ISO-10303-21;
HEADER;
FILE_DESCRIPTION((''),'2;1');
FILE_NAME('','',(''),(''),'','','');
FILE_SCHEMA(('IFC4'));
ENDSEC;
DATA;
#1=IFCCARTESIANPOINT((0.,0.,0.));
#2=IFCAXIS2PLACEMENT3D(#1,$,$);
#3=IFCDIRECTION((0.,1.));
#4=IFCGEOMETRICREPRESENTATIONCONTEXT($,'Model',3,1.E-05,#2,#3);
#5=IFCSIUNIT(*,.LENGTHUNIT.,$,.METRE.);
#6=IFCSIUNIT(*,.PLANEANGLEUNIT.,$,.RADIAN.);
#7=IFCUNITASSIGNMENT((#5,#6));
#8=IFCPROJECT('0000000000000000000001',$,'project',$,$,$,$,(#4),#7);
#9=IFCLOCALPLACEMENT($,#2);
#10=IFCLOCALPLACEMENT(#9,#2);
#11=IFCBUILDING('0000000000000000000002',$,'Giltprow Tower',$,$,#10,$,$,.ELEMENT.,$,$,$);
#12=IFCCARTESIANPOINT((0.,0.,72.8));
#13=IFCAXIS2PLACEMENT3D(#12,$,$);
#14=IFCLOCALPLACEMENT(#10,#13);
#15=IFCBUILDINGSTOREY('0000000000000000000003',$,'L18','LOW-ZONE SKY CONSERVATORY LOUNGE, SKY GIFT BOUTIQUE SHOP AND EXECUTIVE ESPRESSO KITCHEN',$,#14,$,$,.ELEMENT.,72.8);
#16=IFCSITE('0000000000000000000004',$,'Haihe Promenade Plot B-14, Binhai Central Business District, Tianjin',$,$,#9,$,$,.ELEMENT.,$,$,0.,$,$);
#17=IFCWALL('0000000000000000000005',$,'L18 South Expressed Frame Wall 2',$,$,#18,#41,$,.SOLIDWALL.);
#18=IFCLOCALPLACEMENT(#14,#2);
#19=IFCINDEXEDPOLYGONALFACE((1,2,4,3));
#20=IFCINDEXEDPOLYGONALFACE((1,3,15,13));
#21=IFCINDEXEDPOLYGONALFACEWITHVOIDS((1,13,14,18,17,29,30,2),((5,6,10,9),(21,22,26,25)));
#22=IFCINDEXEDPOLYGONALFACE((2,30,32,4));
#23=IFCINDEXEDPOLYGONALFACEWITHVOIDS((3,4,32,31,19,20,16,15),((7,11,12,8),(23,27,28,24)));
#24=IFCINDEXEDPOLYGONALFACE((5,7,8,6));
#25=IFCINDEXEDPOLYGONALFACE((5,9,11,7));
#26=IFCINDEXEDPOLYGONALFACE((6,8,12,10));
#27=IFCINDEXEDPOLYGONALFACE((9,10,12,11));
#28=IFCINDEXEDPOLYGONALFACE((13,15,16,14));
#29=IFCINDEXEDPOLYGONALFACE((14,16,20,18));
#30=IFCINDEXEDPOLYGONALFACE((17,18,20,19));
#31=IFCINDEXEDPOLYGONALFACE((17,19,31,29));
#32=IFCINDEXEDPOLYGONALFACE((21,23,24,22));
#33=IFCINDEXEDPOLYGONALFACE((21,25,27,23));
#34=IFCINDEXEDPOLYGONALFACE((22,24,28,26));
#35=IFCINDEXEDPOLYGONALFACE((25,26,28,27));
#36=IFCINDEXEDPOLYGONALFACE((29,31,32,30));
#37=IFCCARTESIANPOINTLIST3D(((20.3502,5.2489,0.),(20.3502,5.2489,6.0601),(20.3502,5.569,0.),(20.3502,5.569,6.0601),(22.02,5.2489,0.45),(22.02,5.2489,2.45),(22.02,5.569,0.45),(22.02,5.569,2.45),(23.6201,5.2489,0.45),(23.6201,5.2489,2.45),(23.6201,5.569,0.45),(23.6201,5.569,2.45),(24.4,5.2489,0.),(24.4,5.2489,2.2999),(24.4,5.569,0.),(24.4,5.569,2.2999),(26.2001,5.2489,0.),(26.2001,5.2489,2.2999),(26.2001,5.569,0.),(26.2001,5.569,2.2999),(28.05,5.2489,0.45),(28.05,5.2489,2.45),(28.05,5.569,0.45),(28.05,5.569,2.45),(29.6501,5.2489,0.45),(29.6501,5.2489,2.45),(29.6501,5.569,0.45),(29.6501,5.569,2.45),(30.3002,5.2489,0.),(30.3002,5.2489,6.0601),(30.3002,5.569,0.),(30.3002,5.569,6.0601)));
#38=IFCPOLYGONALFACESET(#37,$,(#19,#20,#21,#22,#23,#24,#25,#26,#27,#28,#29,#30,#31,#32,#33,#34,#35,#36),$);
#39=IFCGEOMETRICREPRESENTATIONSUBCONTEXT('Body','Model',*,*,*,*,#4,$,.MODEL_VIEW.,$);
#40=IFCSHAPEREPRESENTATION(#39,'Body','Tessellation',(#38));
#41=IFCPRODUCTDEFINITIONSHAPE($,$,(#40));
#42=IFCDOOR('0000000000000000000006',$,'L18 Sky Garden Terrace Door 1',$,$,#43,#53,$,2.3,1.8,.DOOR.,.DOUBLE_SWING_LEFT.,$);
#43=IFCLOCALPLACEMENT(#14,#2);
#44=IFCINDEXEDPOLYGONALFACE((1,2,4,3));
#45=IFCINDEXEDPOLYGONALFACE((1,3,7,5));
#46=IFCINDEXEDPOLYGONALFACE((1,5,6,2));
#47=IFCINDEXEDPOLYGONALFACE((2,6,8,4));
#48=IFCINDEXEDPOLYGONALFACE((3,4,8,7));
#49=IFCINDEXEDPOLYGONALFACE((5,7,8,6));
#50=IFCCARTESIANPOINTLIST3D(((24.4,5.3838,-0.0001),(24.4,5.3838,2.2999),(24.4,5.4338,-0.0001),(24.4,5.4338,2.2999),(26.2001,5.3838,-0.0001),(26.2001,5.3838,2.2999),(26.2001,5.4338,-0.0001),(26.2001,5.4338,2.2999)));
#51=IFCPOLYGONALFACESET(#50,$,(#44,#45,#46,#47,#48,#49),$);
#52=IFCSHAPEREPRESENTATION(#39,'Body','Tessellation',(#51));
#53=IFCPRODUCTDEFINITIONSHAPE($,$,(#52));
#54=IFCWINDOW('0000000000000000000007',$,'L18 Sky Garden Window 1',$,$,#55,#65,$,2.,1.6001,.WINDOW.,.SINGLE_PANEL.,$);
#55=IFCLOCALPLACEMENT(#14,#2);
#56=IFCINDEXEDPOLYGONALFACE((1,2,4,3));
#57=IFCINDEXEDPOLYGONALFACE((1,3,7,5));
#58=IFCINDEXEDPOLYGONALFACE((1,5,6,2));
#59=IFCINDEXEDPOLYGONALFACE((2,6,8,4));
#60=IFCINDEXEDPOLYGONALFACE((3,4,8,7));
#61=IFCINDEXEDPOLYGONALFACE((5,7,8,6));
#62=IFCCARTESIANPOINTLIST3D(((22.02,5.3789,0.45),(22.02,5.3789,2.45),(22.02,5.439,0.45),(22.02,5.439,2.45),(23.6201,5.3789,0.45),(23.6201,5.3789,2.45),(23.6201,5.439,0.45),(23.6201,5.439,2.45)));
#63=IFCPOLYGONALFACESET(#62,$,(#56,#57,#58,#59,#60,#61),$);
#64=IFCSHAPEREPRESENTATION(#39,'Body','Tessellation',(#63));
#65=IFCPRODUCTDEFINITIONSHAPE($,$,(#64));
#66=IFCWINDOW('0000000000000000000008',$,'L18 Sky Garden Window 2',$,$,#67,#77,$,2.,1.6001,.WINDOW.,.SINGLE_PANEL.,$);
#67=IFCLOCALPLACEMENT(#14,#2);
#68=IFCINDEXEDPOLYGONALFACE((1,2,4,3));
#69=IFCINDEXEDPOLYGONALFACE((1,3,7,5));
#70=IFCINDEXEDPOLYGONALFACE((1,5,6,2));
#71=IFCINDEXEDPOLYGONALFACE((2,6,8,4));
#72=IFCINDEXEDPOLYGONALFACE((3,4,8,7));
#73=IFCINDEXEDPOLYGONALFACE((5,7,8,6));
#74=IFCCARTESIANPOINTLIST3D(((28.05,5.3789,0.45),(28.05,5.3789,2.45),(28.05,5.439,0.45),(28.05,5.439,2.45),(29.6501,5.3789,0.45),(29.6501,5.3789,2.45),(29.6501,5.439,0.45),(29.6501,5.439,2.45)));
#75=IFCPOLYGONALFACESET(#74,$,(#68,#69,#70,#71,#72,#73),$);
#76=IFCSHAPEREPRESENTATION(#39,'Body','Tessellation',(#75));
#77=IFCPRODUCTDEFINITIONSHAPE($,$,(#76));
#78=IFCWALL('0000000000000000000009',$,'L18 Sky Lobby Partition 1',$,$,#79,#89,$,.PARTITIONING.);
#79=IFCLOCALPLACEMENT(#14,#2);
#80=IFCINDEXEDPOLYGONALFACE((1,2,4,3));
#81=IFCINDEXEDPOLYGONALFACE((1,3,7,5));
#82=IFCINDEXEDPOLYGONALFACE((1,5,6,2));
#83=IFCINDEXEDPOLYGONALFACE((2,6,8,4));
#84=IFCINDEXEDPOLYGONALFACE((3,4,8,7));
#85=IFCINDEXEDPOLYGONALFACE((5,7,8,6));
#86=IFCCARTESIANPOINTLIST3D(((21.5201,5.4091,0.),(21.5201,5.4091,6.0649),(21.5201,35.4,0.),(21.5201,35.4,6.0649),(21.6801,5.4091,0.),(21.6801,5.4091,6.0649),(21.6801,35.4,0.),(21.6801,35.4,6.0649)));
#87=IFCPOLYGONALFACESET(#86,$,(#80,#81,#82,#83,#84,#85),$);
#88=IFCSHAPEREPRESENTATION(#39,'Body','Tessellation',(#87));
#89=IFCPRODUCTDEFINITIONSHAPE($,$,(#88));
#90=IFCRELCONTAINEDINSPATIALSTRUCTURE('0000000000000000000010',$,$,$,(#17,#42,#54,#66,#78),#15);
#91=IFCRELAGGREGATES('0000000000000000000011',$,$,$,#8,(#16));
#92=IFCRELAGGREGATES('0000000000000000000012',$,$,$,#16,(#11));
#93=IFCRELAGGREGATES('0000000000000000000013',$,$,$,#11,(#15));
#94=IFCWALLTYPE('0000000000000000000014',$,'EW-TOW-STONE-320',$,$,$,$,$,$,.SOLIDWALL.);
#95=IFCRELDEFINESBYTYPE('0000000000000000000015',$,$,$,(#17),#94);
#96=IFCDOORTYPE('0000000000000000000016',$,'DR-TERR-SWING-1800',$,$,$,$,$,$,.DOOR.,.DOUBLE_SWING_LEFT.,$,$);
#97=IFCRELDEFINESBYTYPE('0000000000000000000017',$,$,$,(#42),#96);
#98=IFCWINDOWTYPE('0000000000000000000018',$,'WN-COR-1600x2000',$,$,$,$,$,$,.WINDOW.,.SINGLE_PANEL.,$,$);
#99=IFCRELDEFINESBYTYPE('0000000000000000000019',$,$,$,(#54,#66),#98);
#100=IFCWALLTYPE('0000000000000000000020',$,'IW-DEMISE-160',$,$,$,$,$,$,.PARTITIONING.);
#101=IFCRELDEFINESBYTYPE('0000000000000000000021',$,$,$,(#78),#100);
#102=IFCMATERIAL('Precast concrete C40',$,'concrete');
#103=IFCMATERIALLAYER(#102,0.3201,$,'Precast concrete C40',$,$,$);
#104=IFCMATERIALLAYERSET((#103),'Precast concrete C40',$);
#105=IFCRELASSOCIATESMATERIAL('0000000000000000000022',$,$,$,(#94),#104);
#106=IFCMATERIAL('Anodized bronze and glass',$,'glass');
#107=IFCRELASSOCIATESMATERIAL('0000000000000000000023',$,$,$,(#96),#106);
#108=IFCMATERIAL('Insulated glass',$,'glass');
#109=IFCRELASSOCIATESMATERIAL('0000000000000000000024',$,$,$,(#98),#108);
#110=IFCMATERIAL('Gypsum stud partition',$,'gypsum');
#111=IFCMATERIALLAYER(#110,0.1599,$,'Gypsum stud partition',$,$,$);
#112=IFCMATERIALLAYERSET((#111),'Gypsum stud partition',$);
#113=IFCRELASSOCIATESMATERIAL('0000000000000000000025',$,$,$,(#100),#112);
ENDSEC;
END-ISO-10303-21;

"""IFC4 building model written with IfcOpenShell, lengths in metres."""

from ifc_helpers import new_model, si_unit, direction, frame, frame_2d, origin, place, context, subcontext, project, spatial, rectangle, extrude, source, transform, mapped, material, layer, layer_set, type_object, element, fill, save


model = new_model("IFC4")

# Units and contexts
model_context = context("Model", 3, precision=1e-05, world=origin(), true_north=direction((0.0, 1.0)))
body_context = subcontext(model_context, "Body", "Model", "MODEL_VIEW")
ifc_project = project(units=[si_unit("LENGTHUNIT", "METRE"), si_unit("PLANEANGLEUNIT", "RADIAN")], contexts=[model_context])

# Site, building, storey
site_placement = place(None, origin())
site = spatial("IfcSite", under=ifc_project, at=site_placement, Name="Haihe Promenade Plot B-14, Binhai Central Business District, Tianjin", CompositionType="ELEMENT", RefElevation=0.0)
building_placement = place(site_placement, origin())
building = spatial("IfcBuilding", under=site, at=building_placement, Name="Giltprow Tower", CompositionType="ELEMENT")
storey_placement = place(building_placement, frame((0.0, 0.0, 72.8)))
storey = spatial("IfcBuildingStorey", under=building, at=storey_placement, Name="L18", Description="LOW-ZONE SKY CONSERVATORY LOUNGE, SKY GIFT BOUTIQUE SHOP AND EXECUTIVE ESPRESSO KITCHEN", CompositionType="ELEMENT", Elevation=72.8)

# Shared definitions
ifc_material_1 = material(Name="Insulated glass", Category="glass")

# Wall, openings, door, windows
ifc_material_2 = material(Name="Precast concrete C40", Category="concrete")
ifc_layer_1 = layer(ifc_material_2, 0.3201, Name="Precast concrete C40")
ifc_layer_set_1 = layer_set([ifc_layer_1], Name="Precast concrete C40")
wall_type_1 = type_object("IfcWallType", Name="EW-TOW-STONE-320", PredefinedType="SOLIDWALL", material=ifc_layer_set_1)
wall_1_placement = place(storey_placement, frame((20.3501, 5.4089, 0.0), z_axis=(0.0, 0.0, 1.0), x_axis=(1.0, 0.0, 0.0)))
wall_1 = element("IfcWall", 1, at=wall_1_placement, inside=storey, type_object=wall_type_1, Name="L18 South Expressed Frame Wall 2", PredefinedType="SOLIDWALL", context=body_context, shape_type="SweptSolid", body=[
    extrude(rectangle(XDim=9.95, YDim=0.3201, at=frame_2d((4.9751, 0.0))), origin(), (0.0, 0.0, 1.0), 6.0601),
])
opening_1_placement = place(wall_1_placement, frame((4.05, 0.0, 0.0)))
opening_1 = element("IfcOpeningElement", 2, at=opening_1_placement, cuts=wall_1, PredefinedType="OPENING", context=body_context, shape_type="SweptSolid", body=[
    extrude(rectangle(XDim=1.8, YDim=2.3, at=frame_2d((0.8999, 1.1499))), frame((0.0, 0.1699, 0.0), z_axis=(0.0, -1.0, 0.0), x_axis=(1.0, 0.0, 0.0)), (0.0, 0.0, 1.0), 0.3401),
])
opening_2_placement = place(wall_1_placement, frame((1.6699, 0.0, 0.45)))
opening_2 = element("IfcOpeningElement", 3, at=opening_2_placement, cuts=wall_1, PredefinedType="OPENING", context=body_context, shape_type="SweptSolid", body=[
    extrude(rectangle(XDim=1.6001, YDim=2.0, at=frame_2d((0.8, 1.0))), frame((0.0, 0.1699, 0.0), z_axis=(0.0, -1.0, 0.0), x_axis=(1.0, 0.0, 0.0)), (0.0, 0.0, 1.0), 0.3401),
])
opening_3_placement = place(wall_1_placement, frame((7.7, 0.0, 0.45)))
opening_3 = element("IfcOpeningElement", 4, at=opening_3_placement, cuts=wall_1, PredefinedType="OPENING", context=body_context, shape_type="SweptSolid", body=[
    extrude(rectangle(XDim=1.6001, YDim=2.0, at=frame_2d((0.8, 1.0))), frame((0.0, 0.1699, 0.0), z_axis=(0.0, -1.0, 0.0), x_axis=(1.0, 0.0, 0.0)), (0.0, 0.0, 1.0), 0.3401),
])
ifc_material_3 = material(Name="Anodized bronze and glass", Category="glass")
door_type = type_object("IfcDoorType", Name="DR-TERR-SWING-1800", OperationType="DOUBLE_SWING_LEFT", PredefinedType="DOOR", material=ifc_material_3)
shared_shape_1 = source(origin(), body_context, "Body", "SweptSolid", [
    extrude(rectangle(XDim=1.8, YDim=2.3, at=frame_2d((0.8999, 1.1499))), frame((0.0, 0.0249, 0.0), z_axis=(0.0, -1.0, 0.0), x_axis=(1.0, 0.0, 0.0)), (0.0, 0.0, 1.0), 0.05),
])
door_placement = place(opening_1_placement, origin())
door = element("IfcDoor", 5, at=door_placement, inside=storey, type_object=door_type, Name="L18 Sky Garden Terrace Door 1", OperationType="DOUBLE_SWING_LEFT", OverallHeight=2.3, OverallWidth=1.8, PredefinedType="DOOR", context=body_context, shape_type="MappedRepresentation", body=[
    mapped(shared_shape_1, transform((0.0, 0.0, 0.0), x_axis=(1.0, 0.0, 0.0), y_axis=(0.0, 1.0, 0.0), z_axis=(0.0, 0.0, 1.0), scale=1.0)),
])
fill(opening_1, door)
window_type = type_object("IfcWindowType", Name="WN-COR-1600x2000", PartitioningType="SINGLE_PANEL", PredefinedType="WINDOW", material=ifc_material_1)
shared_shape_2 = source(origin(), body_context, "Body", "SweptSolid", [
    extrude(rectangle(XDim=1.6001, YDim=2.0, at=frame_2d((0.8, 1.0))), frame((0.0, 0.03, 0.0), z_axis=(0.0, -1.0, 0.0), x_axis=(1.0, 0.0, 0.0)), (0.0, 0.0, 1.0), 0.0601),
])
window_1_placement = place(opening_2_placement, origin())
window_1 = element("IfcWindow", 6, at=window_1_placement, inside=storey, type_object=window_type, Name="L18 Sky Garden Window 1", OverallHeight=2.0, OverallWidth=1.6001, PartitioningType="SINGLE_PANEL", PredefinedType="WINDOW", context=body_context, shape_type="MappedRepresentation", body=[
    mapped(shared_shape_2, transform((0.0, 0.0, 0.0), x_axis=(1.0, 0.0, 0.0), y_axis=(0.0, 1.0, 0.0), z_axis=(0.0, 0.0, 1.0), scale=1.0)),
])
fill(opening_2, window_1)
window_2_placement = place(opening_3_placement, origin())
window_2 = element("IfcWindow", 7, at=window_2_placement, inside=storey, type_object=window_type, Name="L18 Sky Garden Window 2", OverallHeight=2.0, OverallWidth=1.6001, PartitioningType="SINGLE_PANEL", PredefinedType="WINDOW", context=body_context, shape_type="MappedRepresentation", body=[
    mapped(shared_shape_2, transform((0.0, 0.0, 0.0), x_axis=(1.0, 0.0, 0.0), y_axis=(0.0, 1.0, 0.0), z_axis=(0.0, 0.0, 1.0), scale=1.0)),
])
fill(opening_3, window_2)

# Wall
ifc_material_4 = material(Name="Gypsum stud partition", Category="gypsum")
ifc_layer_2 = layer(ifc_material_4, 0.1599, Name="Gypsum stud partition")
ifc_layer_set_2 = layer_set([ifc_layer_2], Name="Gypsum stud partition")
wall_type_2 = type_object("IfcWallType", Name="IW-DEMISE-160", PredefinedType="PARTITIONING", material=ifc_layer_set_2)
wall_2_placement = place(storey_placement, frame((21.6001, 5.4089, 0.0), z_axis=(0.0, 0.0, 1.0), x_axis=(0.0, 1.0, 0.0)))
element("IfcWall", 8, at=wall_2_placement, inside=storey, type_object=wall_type_2, Name="L18 Sky Lobby Partition 1", PredefinedType="PARTITIONING", context=body_context, shape_type="SweptSolid", body=[
    extrude(rectangle(XDim=29.991, YDim=0.1599, at=frame_2d((14.9956, 0.0))), origin(), (0.0, 0.0, 1.0), 6.0649),
])

save(model, "model.ifc")
